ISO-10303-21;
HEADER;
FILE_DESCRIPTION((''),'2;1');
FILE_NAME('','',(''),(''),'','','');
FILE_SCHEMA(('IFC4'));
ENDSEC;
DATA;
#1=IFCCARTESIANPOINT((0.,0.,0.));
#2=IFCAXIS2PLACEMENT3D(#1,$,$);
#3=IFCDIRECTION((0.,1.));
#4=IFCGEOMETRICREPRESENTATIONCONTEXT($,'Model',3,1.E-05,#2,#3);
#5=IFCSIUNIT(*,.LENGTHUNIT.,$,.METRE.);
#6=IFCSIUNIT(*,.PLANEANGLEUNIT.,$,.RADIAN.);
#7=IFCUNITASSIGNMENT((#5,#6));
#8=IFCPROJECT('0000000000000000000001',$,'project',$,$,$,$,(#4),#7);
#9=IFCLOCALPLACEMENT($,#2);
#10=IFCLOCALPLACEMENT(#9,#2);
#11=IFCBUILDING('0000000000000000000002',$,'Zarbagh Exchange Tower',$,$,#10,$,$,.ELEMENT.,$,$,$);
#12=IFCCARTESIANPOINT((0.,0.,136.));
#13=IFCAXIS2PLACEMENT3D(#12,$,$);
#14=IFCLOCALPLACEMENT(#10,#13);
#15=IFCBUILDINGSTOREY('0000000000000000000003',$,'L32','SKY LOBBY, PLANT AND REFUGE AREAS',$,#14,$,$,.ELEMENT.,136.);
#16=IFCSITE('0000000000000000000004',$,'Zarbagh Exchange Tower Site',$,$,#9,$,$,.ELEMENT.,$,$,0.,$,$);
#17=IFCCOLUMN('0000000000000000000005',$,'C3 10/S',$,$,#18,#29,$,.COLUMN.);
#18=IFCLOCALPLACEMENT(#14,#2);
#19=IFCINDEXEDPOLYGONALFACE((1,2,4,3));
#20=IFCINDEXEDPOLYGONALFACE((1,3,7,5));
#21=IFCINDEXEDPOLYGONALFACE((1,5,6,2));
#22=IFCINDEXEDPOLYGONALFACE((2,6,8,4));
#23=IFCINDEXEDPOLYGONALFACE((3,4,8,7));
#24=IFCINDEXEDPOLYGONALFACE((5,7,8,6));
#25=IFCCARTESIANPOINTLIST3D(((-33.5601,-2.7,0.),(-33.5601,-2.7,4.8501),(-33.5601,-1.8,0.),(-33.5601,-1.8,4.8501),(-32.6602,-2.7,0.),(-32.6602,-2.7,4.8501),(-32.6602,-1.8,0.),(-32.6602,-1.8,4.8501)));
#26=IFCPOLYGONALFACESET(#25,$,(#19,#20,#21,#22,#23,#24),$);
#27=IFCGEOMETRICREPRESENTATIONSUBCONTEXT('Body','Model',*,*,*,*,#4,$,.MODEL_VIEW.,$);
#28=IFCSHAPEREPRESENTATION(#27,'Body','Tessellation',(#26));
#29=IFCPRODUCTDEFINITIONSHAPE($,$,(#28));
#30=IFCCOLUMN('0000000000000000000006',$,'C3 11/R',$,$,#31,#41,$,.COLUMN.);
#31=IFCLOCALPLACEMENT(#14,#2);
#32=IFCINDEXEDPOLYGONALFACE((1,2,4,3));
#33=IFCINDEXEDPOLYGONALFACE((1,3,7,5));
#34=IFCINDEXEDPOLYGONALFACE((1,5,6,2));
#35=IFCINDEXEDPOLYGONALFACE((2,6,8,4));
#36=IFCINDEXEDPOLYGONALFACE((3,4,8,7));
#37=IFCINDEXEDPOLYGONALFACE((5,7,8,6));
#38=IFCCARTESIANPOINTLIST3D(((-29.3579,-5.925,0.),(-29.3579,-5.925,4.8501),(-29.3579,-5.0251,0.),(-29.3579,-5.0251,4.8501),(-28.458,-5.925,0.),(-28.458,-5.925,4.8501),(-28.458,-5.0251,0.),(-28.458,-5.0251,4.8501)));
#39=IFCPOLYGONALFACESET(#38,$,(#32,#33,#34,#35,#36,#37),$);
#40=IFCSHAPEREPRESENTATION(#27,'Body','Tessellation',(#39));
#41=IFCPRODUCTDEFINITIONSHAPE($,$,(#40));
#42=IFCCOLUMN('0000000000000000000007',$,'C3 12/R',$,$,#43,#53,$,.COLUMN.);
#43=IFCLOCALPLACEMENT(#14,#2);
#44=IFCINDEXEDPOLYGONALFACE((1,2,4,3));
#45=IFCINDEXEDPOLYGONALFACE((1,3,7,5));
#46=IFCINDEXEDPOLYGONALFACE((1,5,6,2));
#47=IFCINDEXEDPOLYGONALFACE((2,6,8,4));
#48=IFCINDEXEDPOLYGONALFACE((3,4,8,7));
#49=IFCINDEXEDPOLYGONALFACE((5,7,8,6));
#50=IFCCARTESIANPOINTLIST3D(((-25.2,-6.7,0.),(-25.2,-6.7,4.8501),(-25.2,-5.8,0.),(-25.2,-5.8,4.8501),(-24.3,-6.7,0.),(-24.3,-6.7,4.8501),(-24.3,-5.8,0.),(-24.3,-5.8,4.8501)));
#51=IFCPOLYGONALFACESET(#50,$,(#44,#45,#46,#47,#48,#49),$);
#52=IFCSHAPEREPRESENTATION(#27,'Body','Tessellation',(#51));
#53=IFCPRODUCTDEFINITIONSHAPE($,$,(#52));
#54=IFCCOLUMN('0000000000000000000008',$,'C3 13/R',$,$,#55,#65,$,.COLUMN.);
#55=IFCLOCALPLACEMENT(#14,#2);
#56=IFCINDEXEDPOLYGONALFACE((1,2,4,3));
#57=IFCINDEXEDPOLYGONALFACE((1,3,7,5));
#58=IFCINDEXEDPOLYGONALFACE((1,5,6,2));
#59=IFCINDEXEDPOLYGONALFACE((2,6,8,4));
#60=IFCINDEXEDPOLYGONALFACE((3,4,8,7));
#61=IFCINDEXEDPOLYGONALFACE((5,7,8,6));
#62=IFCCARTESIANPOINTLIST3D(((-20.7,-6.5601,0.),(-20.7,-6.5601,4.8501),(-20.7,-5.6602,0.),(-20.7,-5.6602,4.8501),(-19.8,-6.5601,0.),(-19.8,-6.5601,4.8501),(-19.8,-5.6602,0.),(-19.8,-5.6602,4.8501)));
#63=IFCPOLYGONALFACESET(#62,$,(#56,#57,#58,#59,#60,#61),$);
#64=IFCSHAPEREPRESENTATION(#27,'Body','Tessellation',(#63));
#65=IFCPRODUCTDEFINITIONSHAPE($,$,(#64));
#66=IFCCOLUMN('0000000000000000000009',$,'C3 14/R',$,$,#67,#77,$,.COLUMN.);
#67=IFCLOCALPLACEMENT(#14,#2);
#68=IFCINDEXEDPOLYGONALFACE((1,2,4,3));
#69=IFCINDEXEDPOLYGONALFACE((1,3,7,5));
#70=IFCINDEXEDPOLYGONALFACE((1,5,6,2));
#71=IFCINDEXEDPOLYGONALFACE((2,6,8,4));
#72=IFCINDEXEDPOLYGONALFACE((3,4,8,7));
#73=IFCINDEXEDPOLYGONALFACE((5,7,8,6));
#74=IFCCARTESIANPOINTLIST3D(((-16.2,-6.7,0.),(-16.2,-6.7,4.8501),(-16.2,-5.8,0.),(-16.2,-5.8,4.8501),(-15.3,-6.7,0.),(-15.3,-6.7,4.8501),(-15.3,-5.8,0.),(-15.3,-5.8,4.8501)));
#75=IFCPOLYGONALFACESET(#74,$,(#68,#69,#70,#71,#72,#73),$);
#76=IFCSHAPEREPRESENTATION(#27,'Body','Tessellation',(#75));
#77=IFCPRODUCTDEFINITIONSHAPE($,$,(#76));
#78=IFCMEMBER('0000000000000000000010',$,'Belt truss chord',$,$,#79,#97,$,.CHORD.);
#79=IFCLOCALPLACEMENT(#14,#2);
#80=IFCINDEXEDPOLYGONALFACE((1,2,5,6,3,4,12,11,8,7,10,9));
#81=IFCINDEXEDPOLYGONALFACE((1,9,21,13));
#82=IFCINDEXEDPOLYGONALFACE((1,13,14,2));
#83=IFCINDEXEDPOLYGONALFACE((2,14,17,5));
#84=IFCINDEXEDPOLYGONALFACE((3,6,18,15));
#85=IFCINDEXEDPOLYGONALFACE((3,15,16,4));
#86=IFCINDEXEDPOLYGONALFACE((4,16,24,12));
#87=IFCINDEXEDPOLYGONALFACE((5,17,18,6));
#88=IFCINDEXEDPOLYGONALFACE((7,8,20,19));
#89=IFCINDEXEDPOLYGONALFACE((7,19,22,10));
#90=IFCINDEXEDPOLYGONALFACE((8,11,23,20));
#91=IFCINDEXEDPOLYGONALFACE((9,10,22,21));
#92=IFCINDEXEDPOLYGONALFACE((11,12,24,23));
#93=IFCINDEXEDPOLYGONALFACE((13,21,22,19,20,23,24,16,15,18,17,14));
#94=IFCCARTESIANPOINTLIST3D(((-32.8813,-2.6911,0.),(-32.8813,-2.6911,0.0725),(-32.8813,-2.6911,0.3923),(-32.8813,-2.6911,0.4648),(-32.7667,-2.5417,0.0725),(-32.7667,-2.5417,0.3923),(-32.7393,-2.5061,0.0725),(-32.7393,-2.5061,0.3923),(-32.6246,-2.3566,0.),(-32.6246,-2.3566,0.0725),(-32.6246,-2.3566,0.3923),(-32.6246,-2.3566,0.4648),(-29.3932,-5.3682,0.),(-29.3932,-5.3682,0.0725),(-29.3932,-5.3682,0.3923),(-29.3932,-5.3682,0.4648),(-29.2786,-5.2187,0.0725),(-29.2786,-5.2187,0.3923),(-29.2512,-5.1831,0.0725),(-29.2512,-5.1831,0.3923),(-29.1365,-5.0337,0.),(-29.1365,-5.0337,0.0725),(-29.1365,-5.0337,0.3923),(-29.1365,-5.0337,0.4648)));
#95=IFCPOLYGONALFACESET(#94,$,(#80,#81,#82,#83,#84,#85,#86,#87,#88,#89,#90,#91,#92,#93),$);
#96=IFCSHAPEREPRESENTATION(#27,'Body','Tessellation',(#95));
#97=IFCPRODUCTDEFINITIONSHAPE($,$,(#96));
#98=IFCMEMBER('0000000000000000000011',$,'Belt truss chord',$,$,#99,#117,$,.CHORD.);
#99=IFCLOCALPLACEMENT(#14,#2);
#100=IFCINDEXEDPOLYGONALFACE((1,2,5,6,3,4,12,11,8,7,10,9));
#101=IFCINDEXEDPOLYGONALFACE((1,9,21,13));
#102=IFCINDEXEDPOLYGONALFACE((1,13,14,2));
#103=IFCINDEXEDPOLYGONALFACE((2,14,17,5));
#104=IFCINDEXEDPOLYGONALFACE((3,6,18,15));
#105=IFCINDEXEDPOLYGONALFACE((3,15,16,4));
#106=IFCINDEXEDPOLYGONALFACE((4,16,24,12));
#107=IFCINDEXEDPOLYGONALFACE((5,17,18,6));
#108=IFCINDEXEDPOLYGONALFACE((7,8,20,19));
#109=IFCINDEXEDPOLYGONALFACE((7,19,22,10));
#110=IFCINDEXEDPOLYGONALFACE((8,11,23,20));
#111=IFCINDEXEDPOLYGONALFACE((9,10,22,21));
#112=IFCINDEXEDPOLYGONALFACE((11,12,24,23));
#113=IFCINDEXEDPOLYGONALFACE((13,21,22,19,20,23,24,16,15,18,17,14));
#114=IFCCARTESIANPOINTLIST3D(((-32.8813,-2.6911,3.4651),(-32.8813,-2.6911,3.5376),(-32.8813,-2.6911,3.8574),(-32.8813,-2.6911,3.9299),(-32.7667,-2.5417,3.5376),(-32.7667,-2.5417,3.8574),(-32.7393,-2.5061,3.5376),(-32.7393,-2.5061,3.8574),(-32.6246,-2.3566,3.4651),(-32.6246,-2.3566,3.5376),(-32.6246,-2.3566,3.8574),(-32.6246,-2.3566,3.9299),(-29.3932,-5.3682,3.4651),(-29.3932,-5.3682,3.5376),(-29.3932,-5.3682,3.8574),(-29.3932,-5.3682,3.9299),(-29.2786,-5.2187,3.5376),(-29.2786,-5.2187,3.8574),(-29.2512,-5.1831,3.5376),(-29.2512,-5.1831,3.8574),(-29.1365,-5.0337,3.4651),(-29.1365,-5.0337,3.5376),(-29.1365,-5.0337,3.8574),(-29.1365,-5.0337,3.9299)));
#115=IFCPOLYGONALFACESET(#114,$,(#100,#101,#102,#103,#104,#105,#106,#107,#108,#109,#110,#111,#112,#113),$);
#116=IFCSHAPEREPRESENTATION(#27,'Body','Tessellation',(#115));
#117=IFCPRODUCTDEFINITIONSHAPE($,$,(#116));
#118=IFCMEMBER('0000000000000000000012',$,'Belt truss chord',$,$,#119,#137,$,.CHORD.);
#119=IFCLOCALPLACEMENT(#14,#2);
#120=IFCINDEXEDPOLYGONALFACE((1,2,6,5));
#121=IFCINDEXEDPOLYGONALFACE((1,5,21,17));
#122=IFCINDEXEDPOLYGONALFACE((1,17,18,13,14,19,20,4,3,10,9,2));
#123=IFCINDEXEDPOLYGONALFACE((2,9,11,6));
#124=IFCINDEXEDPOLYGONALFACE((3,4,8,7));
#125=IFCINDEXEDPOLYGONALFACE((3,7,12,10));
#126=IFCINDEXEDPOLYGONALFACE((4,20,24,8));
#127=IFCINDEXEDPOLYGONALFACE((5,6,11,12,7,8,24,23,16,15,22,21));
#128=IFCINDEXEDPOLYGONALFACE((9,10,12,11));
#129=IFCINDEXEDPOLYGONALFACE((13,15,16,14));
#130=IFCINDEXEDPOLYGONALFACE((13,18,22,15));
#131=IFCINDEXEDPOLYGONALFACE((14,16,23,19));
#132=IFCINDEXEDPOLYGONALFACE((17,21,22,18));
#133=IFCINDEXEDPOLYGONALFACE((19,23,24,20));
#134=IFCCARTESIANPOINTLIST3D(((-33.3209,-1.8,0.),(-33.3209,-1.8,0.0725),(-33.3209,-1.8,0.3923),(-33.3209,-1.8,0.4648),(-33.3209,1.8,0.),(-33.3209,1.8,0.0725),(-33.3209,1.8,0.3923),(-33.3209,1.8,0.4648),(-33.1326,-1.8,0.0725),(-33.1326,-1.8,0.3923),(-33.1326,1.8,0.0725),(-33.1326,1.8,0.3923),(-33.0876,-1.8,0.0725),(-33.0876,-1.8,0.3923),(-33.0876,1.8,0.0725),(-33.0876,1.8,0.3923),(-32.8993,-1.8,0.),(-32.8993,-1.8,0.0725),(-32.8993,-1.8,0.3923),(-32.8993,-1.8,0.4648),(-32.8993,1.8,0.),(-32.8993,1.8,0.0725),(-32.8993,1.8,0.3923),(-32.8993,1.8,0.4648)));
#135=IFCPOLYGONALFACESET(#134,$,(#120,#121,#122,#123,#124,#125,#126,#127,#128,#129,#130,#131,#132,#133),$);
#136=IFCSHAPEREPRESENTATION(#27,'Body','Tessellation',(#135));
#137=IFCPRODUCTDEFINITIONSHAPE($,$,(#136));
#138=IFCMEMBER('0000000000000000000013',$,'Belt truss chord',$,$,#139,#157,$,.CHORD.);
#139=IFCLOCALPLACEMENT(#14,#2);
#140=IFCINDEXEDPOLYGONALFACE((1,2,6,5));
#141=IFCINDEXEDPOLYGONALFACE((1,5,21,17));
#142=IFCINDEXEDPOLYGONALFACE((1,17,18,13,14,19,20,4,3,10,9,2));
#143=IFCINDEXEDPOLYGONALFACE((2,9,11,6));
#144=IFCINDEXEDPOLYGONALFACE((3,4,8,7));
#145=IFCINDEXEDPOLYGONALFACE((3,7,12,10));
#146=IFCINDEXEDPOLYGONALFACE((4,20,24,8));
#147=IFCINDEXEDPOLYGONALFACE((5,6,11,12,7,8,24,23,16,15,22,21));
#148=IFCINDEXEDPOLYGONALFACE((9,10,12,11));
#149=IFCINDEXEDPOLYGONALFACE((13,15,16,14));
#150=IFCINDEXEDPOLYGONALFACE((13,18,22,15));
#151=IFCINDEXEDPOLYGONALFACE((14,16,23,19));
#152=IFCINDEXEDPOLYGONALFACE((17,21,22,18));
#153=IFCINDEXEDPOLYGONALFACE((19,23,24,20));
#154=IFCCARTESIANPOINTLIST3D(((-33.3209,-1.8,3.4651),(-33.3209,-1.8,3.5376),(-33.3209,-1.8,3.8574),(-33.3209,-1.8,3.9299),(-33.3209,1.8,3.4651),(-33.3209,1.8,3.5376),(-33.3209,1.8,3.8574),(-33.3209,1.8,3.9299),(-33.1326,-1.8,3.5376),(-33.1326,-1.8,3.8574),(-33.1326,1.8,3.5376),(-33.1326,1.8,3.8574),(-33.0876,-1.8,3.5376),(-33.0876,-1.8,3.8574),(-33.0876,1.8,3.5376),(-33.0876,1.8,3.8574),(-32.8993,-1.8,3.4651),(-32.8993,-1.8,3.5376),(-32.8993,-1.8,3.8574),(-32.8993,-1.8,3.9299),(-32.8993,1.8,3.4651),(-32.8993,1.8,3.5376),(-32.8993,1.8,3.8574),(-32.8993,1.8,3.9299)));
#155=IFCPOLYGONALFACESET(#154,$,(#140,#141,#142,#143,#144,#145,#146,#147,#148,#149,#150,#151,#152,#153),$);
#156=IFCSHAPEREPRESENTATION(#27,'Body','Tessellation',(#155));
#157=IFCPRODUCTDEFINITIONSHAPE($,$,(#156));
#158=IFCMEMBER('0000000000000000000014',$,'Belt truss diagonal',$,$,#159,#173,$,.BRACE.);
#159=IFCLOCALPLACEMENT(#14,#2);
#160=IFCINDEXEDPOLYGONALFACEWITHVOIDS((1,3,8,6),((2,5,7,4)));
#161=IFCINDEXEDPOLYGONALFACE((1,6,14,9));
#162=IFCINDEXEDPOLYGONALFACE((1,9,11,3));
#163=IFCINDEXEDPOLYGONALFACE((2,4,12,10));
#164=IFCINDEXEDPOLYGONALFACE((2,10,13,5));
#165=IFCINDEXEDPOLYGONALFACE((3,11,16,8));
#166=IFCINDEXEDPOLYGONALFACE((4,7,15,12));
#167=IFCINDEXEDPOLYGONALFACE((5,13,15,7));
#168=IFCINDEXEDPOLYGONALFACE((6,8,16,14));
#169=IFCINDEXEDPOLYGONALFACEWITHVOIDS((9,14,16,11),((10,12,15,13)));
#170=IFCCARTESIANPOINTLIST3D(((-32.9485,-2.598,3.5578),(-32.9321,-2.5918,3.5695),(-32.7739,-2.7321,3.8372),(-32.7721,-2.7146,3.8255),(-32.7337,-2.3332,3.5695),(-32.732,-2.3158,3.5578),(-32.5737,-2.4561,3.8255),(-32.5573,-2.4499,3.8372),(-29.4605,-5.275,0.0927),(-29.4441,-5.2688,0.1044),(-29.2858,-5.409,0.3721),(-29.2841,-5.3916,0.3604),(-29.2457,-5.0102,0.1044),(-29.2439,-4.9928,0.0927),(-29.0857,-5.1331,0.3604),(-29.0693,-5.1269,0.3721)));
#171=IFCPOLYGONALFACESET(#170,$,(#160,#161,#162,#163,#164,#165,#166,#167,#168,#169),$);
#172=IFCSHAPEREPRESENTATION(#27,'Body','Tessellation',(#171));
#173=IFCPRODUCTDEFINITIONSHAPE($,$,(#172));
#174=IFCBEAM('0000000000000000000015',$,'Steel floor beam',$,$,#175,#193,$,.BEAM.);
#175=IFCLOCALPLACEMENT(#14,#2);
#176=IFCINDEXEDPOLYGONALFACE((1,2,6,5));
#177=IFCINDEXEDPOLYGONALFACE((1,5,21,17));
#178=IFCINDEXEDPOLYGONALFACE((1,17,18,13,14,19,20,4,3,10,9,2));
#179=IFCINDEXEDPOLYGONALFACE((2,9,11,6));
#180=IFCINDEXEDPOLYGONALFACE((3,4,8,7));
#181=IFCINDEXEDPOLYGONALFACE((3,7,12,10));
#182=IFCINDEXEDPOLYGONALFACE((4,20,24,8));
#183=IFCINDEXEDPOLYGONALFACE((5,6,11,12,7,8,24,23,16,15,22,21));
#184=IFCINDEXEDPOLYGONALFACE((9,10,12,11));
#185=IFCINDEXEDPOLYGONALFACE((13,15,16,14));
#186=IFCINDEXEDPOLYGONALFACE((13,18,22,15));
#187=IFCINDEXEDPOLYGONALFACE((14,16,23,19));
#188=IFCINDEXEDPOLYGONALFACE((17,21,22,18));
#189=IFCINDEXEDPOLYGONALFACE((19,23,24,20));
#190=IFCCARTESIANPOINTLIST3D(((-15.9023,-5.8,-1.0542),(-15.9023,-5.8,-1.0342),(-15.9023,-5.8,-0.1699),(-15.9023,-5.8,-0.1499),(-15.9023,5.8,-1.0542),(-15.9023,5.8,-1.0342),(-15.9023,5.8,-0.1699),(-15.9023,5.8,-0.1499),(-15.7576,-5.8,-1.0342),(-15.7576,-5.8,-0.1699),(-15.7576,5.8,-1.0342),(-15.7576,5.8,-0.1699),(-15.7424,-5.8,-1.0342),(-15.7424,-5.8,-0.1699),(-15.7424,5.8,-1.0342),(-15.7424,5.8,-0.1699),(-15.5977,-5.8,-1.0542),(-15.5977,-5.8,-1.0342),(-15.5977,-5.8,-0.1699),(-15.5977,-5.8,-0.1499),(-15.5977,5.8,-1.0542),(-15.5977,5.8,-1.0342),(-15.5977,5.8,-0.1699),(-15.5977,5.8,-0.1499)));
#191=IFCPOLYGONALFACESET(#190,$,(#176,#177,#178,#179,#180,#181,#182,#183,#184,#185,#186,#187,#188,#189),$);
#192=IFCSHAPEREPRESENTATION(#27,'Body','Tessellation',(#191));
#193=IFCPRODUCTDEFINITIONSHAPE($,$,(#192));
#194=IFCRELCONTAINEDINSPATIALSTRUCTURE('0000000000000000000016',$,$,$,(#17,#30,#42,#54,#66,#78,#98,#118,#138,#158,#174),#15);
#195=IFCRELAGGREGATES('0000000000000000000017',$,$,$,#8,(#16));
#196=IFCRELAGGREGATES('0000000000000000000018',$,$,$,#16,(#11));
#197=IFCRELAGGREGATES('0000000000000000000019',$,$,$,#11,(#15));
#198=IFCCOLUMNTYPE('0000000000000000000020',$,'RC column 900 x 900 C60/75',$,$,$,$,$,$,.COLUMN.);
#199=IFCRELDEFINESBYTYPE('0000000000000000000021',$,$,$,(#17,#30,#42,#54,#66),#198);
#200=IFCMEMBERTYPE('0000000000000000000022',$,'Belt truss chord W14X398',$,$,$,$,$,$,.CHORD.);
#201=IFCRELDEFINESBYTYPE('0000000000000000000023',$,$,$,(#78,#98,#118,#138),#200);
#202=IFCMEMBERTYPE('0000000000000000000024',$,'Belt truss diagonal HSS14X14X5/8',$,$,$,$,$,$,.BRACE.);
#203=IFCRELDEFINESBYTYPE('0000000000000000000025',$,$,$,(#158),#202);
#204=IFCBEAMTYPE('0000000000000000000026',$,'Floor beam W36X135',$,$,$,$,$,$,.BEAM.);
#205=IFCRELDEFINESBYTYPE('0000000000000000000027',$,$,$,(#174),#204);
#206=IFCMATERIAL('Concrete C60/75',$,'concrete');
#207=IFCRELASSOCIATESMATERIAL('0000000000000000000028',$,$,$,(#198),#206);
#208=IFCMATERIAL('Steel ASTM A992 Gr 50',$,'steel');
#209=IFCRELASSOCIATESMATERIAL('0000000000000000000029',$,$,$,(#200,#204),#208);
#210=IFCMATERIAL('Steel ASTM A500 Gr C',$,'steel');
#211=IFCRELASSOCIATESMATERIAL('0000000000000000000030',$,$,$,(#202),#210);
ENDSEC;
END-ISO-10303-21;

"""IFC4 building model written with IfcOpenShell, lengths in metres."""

from ifc_helpers import new_model, si_unit, direction, frame, origin, origin_2d, place, context, subcontext, project, spatial, rectangle, hollow_rectangle, i_section, extrude, material, material_profile, profile_set, type_object, element, save


model = new_model("IFC4")

# Units and contexts
model_context = context("Model", 3, precision=1e-05, world=origin(), true_north=direction((0.0, 1.0)))
body_context = subcontext(model_context, "Body", "Model", "MODEL_VIEW")
ifc_project = project(units=[si_unit("LENGTHUNIT", "METRE"), si_unit("PLANEANGLEUNIT", "RADIAN")], contexts=[model_context])

# Site, building, storey
site_placement = place(None, origin())
site = spatial("IfcSite", under=ifc_project, at=site_placement, Name="Zarbagh Exchange Tower Site", CompositionType="ELEMENT", RefElevation=0.0)
building_placement = place(site_placement, origin())
building = spatial("IfcBuilding", under=site, at=building_placement, Name="Zarbagh Exchange Tower", CompositionType="ELEMENT")
storey_placement = place(building_placement, frame((0.0, 0.0, 136.0)))
storey = spatial("IfcBuildingStorey", under=building, at=storey_placement, Name="L32", Description="SKY LOBBY, PLANT AND REFUGE AREAS", CompositionType="ELEMENT", Elevation=136.0)

# Columns
ifc_material_1 = material(Name="Concrete C60/75", Category="concrete")
ifc_material_profile_1 = material_profile(ifc_material_1, rectangle(XDim=0.8999, YDim=0.8999, at=origin_2d()), Name="RC column 900 x 900 C60/75")
ifc_profile_set_1 = profile_set([ifc_material_profile_1], Name="Concrete C60/75")
column_type = type_object("IfcColumnType", Name="RC column 900 x 900 C60/75", PredefinedType="COLUMN", material=ifc_profile_set_1)
for number, where, z_axis, x_axis, name in (
    (1, (-33.1101, -2.25, 0.0), (0.0, 0.0, 1.0), (1.0, 0.0, 0.0), "C3 10/S"),
    (2, (-28.908, -5.4751, 0.0), (0.0, 0.0, 1.0), (1.0, 0.0, 0.0), "C3 11/R"),
    (3, (-24.75, -6.25, 0.0), (0.0, 0.0, 1.0), (1.0, 0.0, 0.0), "C3 12/R"),
    (4, (-20.25, -6.1101, 0.0), (0.0, 0.0, 1.0), (1.0, 0.0, 0.0), "C3 13/R"),
    (5, (-15.75, -6.25, 0.0), (0.0, 0.0, 1.0), (1.0, 0.0, 0.0), "C3 14/R"),
):
    element("IfcColumn", number, at=place(storey_placement, frame(where, z_axis=z_axis, x_axis=x_axis)), inside=storey, type_object=column_type, Name=name, PredefinedType="COLUMN", context=body_context, shape_type="SweptSolid", body=[
        extrude(rectangle(XDim=0.8999, YDim=0.8999, at=origin_2d()), origin(), (0.0, 0.0, 1.0), 4.8501),
    ])

# Members
ifc_material_2 = material(Name="Steel ASTM A992 Gr 50", Category="steel")
ifc_material_profile_2 = material_profile(ifc_material_2, i_section(OverallWidth=0.4216, OverallDepth=0.4648, WebThickness=0.0449, FlangeThickness=0.0725, at=origin_2d()), Name="W14X398")
ifc_profile_set_2 = profile_set([ifc_material_profile_2], Name="Steel ASTM A992 Gr 50")
member_type_1 = type_object("IfcMemberType", Name="Belt truss chord W14X398", PredefinedType="CHORD", material=ifc_profile_set_2)
for number, where, z_axis, x_axis, name in (
    (6, (-29.2649, -5.2009, 0.2324), (-0.793294, 0.608838, 0.0), (-0.608838, -0.793294, 0.0), "Belt truss chord"),
    (7, (-29.2649, -5.2009, 3.6975), (-0.793294, 0.608838, 0.0), (-0.608838, -0.793294, 0.0), "Belt truss chord"),
):
    element("IfcMember", number, at=place(storey_placement, frame(where, z_axis=z_axis, x_axis=x_axis)), inside=storey, type_object=member_type_1, Name=name, PredefinedType="CHORD", context=body_context, shape_type="SweptSolid", body=[
        extrude(i_section(OverallWidth=0.4216, OverallDepth=0.4648, WebThickness=0.0449, FlangeThickness=0.0725, at=origin_2d()), origin(), (0.0, 0.0, 1.0), 4.397),
    ])
for number, where, z_axis, x_axis, name in (
    (8, (-33.1101, -1.8, 0.2324), (0.0, 1.0, 0.0), (-1.0, 0.0, 0.0), "Belt truss chord"),
    (9, (-33.1101, -1.8, 3.6975), (0.0, 1.0, 0.0), (-1.0, 0.0, 0.0), "Belt truss chord"),
):
    element("IfcMember", number, at=place(storey_placement, frame(where, z_axis=z_axis, x_axis=x_axis)), inside=storey, type_object=member_type_1, Name=name, PredefinedType="CHORD", context=body_context, shape_type="SweptSolid", body=[
        extrude(i_section(OverallWidth=0.4216, OverallDepth=0.4648, WebThickness=0.0449, FlangeThickness=0.0725, at=origin_2d()), origin(), (0.0, 0.0, 1.0), 3.6001),
    ])
ifc_material_3 = material(Name="Steel ASTM A500 Gr C", Category="steel")
ifc_material_profile_3 = material_profile(ifc_material_3, hollow_rectangle(XDim=0.3557, YDim=0.3557, WallThickness=0.0149, at=origin_2d()), Name="HSS14X14X5/8")
ifc_profile_set_3 = profile_set([ifc_material_profile_3], Name="Steel ASTM A500 Gr C")
member_type_2 = type_object("IfcMemberType", Name="Belt truss diagonal HSS14X14X5/8", PredefinedType="BRACE", material=ifc_profile_set_3)
member_1_placement = place(storey_placement, frame((-29.2649, -5.2009, 0.2324), z_axis=(-0.623067, 0.478192, 0.618967), x_axis=(-0.608838, -0.793294, 0.0)))
element("IfcMember", 10, at=member_1_placement, inside=storey, type_object=member_type_2, Name="Belt truss diagonal", PredefinedType="BRACE", context=body_context, shape_type="SweptSolid", body=[
    extrude(hollow_rectangle(XDim=0.3557, YDim=0.3557, WallThickness=0.0149, at=origin_2d()), origin(), (0.0, 0.0, 1.0), 5.5981),
])

# Beam
ifc_material_profile_4 = material_profile(ifc_material_2, i_section(OverallWidth=0.3047, OverallDepth=0.9043, WebThickness=0.0151, FlangeThickness=0.02, at=origin_2d()), Name="W36X135")
ifc_profile_set_4 = profile_set([ifc_material_profile_4], Name="Steel ASTM A992 Gr 50")
beam_type_1 = type_object("IfcBeamType", Name="Floor beam W36X135", PredefinedType="BEAM", material=ifc_profile_set_4)
beam_1_placement = place(storey_placement, frame((-15.75, -5.8, -0.6021), z_axis=(0.0, 1.0, 0.0), x_axis=(-1.0, 0.0, 0.0)))
element("IfcBeam", 11, at=beam_1_placement, inside=storey, type_object=beam_type_1, Name="Steel floor beam", PredefinedType="BEAM", context=body_context, shape_type="SweptSolid", body=[
    extrude(i_section(OverallWidth=0.3047, OverallDepth=0.9043, WebThickness=0.0151, FlangeThickness=0.02, at=origin_2d()), origin(), (0.0, 0.0, 1.0), 11.6001),
])

save(model, "model.ifc")
